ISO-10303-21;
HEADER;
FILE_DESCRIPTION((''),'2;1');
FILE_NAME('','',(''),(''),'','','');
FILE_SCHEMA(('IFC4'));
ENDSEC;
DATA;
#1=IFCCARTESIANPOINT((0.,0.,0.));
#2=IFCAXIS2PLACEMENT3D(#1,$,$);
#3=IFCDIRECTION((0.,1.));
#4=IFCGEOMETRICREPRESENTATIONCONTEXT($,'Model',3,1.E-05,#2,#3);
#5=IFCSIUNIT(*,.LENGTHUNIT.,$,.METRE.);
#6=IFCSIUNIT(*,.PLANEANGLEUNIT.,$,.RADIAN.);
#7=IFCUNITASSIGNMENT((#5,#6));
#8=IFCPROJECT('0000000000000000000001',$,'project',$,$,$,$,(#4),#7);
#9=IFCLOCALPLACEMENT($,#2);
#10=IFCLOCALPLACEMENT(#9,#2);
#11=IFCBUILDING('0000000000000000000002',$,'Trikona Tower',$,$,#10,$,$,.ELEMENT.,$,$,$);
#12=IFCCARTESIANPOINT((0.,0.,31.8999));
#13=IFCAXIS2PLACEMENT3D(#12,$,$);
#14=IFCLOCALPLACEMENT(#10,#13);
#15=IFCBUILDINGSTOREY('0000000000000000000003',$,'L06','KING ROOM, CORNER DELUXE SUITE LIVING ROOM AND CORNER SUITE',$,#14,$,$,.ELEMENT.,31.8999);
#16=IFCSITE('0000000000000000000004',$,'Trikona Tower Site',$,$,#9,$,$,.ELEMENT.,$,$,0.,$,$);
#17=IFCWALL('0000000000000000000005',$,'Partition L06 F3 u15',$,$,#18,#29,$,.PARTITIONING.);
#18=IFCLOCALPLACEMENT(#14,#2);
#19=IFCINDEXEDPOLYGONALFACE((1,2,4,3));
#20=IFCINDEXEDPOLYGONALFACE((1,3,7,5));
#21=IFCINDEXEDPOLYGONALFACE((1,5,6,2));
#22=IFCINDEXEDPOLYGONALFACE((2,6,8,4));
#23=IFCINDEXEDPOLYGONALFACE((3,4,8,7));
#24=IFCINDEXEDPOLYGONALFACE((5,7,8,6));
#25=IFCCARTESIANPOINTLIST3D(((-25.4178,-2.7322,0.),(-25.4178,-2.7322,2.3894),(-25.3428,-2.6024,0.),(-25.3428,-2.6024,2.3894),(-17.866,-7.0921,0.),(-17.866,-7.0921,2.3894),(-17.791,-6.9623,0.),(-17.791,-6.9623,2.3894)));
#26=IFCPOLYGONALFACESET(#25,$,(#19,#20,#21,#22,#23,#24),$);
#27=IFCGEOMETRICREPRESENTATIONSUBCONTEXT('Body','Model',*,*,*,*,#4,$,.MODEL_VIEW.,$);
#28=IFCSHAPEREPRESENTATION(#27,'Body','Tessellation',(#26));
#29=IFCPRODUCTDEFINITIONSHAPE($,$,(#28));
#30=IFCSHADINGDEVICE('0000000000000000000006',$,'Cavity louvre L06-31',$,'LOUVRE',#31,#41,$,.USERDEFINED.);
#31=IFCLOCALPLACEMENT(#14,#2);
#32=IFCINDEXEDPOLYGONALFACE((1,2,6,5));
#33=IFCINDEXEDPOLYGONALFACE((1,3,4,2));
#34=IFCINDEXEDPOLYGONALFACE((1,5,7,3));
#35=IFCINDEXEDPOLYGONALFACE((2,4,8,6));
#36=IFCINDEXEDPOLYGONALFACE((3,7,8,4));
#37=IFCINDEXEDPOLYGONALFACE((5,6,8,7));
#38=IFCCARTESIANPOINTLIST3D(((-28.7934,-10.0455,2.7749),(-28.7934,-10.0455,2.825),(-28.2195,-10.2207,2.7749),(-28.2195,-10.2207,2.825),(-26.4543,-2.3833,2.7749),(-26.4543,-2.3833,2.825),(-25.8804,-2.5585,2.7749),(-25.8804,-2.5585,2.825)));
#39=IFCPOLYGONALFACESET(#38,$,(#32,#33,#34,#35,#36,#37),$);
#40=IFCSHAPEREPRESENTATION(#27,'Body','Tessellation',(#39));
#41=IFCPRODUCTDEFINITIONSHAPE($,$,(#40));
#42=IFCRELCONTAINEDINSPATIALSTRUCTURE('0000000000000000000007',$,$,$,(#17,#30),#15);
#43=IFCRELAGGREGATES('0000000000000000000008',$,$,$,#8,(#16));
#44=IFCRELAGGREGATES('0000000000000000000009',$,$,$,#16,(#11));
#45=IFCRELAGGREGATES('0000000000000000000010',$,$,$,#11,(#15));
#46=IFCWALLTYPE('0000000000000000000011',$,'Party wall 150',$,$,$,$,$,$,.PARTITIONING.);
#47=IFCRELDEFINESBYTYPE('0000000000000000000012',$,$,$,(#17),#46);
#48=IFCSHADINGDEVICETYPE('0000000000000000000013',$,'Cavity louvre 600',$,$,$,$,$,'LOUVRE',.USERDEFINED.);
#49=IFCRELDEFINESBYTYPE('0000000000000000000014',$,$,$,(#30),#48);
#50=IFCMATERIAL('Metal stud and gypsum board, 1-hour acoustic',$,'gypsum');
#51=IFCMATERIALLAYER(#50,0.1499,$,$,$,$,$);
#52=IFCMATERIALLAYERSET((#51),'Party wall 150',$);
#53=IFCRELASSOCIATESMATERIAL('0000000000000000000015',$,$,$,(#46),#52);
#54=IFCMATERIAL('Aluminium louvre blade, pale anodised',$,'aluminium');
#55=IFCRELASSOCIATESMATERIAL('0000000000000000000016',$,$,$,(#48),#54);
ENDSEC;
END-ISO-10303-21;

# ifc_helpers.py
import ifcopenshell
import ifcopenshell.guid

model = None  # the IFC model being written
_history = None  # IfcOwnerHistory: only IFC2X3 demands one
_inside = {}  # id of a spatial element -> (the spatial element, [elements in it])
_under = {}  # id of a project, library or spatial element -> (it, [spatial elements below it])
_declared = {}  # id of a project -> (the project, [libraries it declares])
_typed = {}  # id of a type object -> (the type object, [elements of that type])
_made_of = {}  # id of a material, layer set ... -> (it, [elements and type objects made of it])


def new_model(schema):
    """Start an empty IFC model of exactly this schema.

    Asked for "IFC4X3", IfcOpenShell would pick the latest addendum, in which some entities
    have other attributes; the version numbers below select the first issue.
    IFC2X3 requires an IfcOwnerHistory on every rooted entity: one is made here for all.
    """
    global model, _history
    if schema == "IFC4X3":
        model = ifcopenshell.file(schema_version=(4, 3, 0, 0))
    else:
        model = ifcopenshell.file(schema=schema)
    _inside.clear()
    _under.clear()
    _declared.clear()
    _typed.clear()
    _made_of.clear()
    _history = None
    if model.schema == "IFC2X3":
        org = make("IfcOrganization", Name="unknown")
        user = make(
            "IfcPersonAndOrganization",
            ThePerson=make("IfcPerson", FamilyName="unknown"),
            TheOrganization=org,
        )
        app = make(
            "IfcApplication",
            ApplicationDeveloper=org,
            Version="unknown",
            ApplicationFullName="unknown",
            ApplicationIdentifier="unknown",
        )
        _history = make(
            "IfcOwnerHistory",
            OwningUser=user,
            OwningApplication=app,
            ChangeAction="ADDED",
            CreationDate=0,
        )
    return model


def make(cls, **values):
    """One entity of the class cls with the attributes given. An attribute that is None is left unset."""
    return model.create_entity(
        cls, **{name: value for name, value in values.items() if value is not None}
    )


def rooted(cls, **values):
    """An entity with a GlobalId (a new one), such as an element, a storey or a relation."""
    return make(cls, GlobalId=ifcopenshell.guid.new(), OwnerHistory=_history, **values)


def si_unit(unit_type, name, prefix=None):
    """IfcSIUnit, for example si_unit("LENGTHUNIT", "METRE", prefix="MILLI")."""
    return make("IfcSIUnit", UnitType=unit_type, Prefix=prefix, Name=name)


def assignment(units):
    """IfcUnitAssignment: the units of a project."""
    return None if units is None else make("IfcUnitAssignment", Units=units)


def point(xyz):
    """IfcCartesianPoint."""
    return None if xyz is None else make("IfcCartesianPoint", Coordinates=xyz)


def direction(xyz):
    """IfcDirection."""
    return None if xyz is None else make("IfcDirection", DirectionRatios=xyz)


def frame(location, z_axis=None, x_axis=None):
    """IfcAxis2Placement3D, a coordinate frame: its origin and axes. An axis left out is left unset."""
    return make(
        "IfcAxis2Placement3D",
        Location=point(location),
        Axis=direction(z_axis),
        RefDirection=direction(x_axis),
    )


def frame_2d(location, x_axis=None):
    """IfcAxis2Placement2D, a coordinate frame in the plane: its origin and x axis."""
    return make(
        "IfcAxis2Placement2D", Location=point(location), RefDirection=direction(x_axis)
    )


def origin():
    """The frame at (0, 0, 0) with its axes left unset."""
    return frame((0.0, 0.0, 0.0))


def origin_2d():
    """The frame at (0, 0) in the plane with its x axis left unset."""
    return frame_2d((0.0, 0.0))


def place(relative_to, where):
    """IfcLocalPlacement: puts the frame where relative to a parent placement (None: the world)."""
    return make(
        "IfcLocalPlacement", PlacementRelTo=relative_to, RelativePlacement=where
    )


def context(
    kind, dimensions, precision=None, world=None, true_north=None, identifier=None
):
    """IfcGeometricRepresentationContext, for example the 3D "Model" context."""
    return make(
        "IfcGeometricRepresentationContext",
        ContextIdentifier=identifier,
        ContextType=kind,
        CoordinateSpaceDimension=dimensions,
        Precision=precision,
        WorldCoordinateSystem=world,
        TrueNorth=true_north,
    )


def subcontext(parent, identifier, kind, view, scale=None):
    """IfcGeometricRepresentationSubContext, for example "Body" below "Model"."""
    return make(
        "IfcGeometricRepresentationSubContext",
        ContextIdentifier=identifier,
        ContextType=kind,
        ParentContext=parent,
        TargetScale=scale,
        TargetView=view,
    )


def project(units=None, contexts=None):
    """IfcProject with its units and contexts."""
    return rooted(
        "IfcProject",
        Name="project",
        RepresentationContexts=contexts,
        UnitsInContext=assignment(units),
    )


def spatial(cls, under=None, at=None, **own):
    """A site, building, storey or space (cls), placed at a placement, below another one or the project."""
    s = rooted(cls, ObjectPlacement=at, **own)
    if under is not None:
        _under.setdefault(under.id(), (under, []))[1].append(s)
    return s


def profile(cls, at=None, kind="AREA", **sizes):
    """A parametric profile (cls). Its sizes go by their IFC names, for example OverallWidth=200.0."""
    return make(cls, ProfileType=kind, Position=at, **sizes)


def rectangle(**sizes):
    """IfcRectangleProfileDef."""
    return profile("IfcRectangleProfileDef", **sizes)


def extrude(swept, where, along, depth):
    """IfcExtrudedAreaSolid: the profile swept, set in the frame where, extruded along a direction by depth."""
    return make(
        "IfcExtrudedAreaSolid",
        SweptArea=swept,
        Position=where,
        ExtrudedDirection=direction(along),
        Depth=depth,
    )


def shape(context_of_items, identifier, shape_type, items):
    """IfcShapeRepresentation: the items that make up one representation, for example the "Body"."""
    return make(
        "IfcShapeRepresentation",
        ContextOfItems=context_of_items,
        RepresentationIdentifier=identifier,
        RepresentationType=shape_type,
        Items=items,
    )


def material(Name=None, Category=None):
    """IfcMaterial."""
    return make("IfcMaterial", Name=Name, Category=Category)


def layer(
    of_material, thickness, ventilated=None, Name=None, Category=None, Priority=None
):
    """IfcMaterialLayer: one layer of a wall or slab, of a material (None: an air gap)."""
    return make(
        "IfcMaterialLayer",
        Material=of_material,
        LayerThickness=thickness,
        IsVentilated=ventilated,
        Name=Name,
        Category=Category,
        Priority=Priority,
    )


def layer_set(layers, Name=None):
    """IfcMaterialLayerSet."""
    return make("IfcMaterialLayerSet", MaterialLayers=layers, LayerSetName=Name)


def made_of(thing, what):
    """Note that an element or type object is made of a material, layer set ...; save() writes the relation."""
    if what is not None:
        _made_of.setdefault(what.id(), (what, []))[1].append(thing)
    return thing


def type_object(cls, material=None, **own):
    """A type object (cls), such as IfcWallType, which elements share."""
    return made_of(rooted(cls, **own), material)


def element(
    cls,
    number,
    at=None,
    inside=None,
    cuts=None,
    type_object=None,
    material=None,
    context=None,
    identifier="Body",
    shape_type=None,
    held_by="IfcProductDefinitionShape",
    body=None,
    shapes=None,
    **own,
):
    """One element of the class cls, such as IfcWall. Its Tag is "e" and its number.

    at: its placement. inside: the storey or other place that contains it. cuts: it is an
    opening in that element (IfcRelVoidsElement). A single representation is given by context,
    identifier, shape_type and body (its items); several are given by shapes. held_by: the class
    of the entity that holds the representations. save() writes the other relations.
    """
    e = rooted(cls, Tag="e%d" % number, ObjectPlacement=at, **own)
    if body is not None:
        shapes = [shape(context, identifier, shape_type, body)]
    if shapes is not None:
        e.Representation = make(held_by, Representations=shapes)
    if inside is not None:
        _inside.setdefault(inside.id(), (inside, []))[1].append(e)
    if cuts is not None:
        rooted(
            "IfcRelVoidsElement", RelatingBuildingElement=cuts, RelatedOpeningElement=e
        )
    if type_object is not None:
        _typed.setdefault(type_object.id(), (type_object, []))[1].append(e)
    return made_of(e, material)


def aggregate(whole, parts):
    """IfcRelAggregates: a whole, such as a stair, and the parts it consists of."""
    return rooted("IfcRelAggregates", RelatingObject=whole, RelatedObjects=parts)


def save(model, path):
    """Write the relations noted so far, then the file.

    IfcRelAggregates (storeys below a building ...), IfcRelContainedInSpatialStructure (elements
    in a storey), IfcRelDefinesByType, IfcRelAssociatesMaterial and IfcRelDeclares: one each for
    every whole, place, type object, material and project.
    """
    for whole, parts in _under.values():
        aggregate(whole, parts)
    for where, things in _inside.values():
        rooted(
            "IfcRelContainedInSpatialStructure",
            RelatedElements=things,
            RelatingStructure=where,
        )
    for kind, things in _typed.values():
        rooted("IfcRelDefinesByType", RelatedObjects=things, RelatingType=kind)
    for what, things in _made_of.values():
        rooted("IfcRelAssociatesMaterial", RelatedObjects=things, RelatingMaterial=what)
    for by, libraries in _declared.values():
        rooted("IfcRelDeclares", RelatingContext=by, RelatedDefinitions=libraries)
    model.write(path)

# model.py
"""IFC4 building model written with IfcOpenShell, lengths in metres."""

from ifc_helpers import new_model, si_unit, direction, frame, frame_2d, origin, origin_2d, place, context, subcontext, project, spatial, rectangle, extrude, material, layer, layer_set, type_object, element, save


model = new_model("IFC4")

# Units and contexts
model_context = context("Model", 3, precision=1e-05, world=origin(), true_north=direction((0.0, 1.0)))
body_context = subcontext(model_context, "Body", "Model", "MODEL_VIEW")
ifc_project = project(units=[si_unit("LENGTHUNIT", "METRE"), si_unit("PLANEANGLEUNIT", "RADIAN")], contexts=[model_context])

# Site, building, storey
site_placement = place(None, origin())
site = spatial("IfcSite", under=ifc_project, at=site_placement, Name="Trikona Tower Site", CompositionType="ELEMENT", RefElevation=0.0)
building_placement = place(site_placement, origin())
building = spatial("IfcBuilding", under=site, at=building_placement, Name="Trikona Tower", CompositionType="ELEMENT")
storey_placement = place(building_placement, frame((0.0, 0.0, 31.8999)))
storey = spatial("IfcBuildingStorey", under=building, at=storey_placement, Name="L06", Description="KING ROOM, CORNER DELUXE SUITE LIVING ROOM AND CORNER SUITE", CompositionType="ELEMENT", Elevation=31.8999)

# Wall
ifc_material_1 = material(Name="Metal stud and gypsum board, 1-hour acoustic", Category="gypsum")
ifc_layer_1 = layer(ifc_material_1, 0.1499)
ifc_layer_set_1 = layer_set([ifc_layer_1], Name="Party wall 150")
wall_type_1 = type_object("IfcWallType", Name="Party wall 150", PredefinedType="PARTITIONING", material=ifc_layer_set_1)
wall_1_placement = place(storey_placement, frame((-17.8286, -7.0271, 0.0), z_axis=(0.0, 0.0, 1.0), x_axis=(-0.866033, 0.499987, 0.0)))
element("IfcWall", 1, at=wall_1_placement, inside=storey, type_object=wall_type_1, Name="Partition L06 F3 u15", PredefinedType="PARTITIONING", context=body_context, shape_type="SweptSolid", body=[
    extrude(rectangle(XDim=8.72, YDim=0.1499, at=frame_2d((4.3599, 0.0))), origin(), (0.0, 0.0, 1.0), 2.3894),
])

# Shading device
ifc_material_2 = material(Name="Aluminium louvre blade, pale anodised", Category="aluminium")
shading_device_type = type_object("IfcShadingDeviceType", Name="Cavity louvre 600", ElementType="LOUVRE", PredefinedType="USERDEFINED", material=ifc_material_2)
shading_device_placement = place(storey_placement, frame((-27.3369, -6.302, 2.7749), z_axis=(0.0, 0.0, 1.0), x_axis=(-0.291979, -0.956425, 0.0)))
element("IfcShadingDevice", 2, at=shading_device_placement, inside=storey, type_object=shading_device_type, Name="Cavity louvre L06-31", ObjectType="LOUVRE", PredefinedType="USERDEFINED", context=body_context, shape_type="SweptSolid", body=[
    extrude(rectangle(XDim=8.0112, YDim=0.6001, at=origin_2d()), origin(), (0.0, 0.0, 1.0), 0.05),
])

save(model, "model.ifc")
